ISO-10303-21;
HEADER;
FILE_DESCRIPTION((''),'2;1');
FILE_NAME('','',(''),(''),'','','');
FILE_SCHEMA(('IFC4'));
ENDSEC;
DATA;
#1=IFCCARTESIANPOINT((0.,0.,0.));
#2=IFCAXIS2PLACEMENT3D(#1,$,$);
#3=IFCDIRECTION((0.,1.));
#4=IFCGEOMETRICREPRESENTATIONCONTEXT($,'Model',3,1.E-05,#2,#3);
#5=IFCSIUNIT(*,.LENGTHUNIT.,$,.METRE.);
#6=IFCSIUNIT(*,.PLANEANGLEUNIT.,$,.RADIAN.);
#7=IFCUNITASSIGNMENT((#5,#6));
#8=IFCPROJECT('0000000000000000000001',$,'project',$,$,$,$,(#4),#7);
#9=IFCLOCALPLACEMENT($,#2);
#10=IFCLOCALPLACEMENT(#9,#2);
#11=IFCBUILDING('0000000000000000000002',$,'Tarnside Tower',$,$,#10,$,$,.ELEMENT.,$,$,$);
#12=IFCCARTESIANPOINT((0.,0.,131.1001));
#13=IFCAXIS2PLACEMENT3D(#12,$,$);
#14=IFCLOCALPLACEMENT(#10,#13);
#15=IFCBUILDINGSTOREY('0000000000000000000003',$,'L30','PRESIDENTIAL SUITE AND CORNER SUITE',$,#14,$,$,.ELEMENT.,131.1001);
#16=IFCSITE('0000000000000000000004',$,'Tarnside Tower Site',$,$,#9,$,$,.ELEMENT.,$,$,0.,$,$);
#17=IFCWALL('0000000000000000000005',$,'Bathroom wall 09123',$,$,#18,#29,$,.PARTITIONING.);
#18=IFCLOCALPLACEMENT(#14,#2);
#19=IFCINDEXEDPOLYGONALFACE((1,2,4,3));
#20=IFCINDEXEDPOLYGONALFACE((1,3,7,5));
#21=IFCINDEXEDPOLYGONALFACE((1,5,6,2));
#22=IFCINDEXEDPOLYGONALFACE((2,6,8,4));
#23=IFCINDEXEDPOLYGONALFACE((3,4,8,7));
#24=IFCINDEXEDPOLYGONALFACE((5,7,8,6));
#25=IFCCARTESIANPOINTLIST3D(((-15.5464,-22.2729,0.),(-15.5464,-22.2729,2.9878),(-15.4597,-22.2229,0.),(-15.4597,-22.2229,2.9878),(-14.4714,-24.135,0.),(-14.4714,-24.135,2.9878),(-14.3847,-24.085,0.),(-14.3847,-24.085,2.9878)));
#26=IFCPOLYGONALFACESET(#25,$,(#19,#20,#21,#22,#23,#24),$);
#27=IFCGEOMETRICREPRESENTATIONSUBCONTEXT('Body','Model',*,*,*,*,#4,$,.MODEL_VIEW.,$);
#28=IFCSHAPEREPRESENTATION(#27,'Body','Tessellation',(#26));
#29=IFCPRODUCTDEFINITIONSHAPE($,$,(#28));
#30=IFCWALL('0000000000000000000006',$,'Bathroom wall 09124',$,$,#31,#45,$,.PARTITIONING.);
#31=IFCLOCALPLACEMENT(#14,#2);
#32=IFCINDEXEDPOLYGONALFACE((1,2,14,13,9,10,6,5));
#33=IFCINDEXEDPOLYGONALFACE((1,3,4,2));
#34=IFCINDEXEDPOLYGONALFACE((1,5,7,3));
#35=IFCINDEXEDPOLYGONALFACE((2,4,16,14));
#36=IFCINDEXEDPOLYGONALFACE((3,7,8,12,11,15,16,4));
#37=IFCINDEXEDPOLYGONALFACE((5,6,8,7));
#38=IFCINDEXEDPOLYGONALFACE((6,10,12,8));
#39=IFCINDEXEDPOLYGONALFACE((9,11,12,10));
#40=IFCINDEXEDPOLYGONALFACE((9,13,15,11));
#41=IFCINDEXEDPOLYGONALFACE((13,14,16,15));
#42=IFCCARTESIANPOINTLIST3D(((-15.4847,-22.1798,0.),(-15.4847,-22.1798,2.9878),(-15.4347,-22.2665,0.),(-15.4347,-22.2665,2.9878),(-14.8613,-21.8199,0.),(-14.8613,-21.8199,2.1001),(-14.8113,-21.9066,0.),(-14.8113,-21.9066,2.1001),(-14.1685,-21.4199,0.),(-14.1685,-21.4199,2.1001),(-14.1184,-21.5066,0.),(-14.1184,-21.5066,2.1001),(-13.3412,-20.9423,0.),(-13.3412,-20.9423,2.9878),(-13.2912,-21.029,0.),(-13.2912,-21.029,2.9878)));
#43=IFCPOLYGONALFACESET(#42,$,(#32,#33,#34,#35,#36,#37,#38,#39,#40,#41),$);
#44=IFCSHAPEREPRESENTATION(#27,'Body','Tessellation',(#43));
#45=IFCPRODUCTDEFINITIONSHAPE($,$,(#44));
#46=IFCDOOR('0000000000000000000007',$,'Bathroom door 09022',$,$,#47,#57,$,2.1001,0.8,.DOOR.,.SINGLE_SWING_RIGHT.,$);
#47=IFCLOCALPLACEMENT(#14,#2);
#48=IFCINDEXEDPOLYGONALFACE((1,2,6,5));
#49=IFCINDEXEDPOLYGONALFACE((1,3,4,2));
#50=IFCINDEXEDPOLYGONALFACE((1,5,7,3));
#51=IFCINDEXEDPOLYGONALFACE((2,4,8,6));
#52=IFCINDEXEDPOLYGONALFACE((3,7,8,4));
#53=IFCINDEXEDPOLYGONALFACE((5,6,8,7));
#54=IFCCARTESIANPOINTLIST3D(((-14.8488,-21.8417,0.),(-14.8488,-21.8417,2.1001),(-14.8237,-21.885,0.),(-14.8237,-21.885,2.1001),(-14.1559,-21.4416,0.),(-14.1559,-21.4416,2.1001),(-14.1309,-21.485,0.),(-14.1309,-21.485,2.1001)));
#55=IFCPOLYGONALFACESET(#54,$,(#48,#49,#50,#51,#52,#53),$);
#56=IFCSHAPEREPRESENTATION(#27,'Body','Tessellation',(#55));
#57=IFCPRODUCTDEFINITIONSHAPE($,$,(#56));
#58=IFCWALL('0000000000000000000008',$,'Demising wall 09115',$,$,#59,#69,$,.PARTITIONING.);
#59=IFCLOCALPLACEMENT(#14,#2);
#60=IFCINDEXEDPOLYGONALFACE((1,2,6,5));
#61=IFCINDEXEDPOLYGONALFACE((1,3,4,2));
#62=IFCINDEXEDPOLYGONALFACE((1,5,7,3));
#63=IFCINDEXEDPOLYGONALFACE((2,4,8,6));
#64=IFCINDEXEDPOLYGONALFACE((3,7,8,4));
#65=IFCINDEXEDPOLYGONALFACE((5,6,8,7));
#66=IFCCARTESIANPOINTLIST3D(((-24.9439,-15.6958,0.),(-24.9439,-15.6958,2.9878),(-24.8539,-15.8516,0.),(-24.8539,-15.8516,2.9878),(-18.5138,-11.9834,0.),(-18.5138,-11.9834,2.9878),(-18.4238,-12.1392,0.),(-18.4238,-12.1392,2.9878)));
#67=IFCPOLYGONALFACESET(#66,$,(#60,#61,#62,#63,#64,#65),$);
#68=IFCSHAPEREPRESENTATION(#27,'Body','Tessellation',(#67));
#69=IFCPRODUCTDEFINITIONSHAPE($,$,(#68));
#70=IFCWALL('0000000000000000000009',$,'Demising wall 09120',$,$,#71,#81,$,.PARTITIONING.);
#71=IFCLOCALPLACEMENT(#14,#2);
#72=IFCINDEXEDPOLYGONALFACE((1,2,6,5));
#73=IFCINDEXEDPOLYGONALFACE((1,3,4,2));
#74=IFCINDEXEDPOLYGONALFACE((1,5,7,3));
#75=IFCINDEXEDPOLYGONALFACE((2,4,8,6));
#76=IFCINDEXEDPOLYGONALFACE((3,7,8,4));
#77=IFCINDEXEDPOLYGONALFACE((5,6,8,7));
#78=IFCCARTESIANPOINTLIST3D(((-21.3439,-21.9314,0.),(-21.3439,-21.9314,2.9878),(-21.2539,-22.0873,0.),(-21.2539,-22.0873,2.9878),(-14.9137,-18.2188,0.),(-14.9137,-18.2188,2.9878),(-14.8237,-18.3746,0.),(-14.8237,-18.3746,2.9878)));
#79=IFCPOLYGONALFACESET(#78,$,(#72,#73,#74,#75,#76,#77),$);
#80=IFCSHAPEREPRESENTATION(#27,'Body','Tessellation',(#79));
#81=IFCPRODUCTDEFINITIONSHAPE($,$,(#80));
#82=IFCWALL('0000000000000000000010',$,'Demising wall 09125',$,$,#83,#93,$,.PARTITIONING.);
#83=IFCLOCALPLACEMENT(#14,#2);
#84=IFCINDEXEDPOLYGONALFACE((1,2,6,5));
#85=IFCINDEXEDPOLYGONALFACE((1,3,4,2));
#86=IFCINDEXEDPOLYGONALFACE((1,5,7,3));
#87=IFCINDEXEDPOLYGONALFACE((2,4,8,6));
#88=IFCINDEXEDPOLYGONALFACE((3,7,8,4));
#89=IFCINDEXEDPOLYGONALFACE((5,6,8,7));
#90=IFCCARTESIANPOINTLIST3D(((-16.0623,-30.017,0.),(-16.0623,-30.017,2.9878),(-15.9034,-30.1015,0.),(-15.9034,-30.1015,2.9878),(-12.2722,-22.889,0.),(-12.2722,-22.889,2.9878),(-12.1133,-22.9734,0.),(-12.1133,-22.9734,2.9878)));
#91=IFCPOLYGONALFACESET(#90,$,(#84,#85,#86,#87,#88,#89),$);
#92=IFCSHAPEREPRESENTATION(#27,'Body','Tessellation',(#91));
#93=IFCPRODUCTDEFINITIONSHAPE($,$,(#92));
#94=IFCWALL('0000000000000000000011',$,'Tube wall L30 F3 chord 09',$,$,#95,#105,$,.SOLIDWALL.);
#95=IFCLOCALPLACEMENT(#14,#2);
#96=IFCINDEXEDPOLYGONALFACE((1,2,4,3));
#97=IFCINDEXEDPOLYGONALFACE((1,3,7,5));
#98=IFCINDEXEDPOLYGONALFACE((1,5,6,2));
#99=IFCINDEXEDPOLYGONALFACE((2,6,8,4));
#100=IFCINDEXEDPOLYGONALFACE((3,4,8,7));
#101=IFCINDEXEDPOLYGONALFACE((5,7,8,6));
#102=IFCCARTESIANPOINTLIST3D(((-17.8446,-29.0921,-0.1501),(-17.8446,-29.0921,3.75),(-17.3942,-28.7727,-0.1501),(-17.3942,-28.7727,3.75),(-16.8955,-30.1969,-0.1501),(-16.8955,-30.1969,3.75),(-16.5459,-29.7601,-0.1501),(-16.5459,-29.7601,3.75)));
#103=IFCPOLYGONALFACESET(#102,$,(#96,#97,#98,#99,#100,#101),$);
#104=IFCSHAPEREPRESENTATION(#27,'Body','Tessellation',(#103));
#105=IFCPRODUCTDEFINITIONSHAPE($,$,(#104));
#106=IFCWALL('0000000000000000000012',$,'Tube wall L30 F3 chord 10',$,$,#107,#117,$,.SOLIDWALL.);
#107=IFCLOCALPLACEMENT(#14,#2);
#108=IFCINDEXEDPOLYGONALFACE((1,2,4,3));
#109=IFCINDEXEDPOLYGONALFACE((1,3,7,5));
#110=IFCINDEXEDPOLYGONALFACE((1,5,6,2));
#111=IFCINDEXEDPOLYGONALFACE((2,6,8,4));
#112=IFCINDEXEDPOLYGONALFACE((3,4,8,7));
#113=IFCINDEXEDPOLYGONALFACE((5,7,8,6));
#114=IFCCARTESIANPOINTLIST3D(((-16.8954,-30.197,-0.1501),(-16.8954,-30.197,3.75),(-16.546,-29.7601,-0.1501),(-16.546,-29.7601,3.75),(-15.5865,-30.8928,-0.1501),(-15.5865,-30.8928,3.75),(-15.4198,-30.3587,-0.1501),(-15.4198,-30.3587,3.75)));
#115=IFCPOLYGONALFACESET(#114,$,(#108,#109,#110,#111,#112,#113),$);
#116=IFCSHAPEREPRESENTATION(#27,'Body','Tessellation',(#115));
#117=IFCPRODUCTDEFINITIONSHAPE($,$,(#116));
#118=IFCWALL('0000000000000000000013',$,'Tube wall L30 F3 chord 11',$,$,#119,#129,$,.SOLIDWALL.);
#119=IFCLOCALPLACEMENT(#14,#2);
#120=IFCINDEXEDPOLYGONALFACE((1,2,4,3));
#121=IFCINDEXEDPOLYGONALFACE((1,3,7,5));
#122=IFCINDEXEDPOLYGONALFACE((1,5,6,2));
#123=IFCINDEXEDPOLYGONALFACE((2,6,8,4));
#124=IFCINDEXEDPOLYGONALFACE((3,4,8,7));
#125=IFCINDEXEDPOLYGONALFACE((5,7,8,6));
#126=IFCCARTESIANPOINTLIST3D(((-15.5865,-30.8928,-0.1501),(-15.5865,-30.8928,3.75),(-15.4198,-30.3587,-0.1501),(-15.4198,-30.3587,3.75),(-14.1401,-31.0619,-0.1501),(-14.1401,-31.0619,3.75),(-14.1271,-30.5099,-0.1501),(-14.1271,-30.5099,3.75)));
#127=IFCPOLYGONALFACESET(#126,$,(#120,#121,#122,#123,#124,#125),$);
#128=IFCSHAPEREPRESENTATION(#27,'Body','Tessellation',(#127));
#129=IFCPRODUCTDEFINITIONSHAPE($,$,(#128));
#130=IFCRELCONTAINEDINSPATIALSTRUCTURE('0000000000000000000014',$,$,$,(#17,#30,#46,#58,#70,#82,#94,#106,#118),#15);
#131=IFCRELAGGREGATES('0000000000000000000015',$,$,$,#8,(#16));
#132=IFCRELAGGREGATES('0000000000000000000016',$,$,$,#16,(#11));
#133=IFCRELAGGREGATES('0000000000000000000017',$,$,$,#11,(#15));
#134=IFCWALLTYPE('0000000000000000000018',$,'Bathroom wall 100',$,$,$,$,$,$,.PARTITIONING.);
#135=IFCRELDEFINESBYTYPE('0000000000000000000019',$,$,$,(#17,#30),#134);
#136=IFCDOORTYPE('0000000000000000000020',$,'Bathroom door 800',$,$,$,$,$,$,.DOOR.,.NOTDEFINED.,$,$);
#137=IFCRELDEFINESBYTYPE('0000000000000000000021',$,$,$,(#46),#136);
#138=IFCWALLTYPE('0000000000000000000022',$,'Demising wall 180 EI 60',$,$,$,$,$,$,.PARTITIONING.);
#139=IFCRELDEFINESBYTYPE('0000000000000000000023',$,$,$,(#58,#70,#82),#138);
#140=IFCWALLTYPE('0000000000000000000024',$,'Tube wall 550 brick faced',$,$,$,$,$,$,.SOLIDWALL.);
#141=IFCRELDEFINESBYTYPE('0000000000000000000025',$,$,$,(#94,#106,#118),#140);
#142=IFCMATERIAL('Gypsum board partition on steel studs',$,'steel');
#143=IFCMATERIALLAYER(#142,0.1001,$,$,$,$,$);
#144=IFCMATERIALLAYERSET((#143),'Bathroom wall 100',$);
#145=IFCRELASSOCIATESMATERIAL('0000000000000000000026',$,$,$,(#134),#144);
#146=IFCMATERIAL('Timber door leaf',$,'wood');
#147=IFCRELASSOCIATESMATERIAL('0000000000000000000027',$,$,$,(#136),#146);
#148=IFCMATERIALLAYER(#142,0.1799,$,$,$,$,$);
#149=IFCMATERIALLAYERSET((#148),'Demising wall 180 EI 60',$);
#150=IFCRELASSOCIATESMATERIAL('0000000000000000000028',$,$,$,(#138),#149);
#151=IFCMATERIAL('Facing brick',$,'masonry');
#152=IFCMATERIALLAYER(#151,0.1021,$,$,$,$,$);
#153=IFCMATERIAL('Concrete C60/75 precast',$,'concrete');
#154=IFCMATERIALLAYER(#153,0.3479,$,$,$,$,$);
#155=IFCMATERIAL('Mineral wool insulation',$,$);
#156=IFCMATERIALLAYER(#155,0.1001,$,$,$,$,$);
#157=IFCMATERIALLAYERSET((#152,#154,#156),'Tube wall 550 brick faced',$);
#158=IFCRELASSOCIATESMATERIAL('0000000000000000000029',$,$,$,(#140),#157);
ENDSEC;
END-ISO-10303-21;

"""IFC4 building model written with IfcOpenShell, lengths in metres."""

from ifc_helpers import new_model, si_unit, direction, frame, frame_2d, origin, place, context, subcontext, project, spatial, polyline, rectangle, outline, extrude, material, layer, layer_set, type_object, element, fill, save


model = new_model("IFC4")

# Units and contexts
model_context = context("Model", 3, precision=1e-05, world=origin(), true_north=direction((0.0, 1.0)))
body_context = subcontext(model_context, "Body", "Model", "MODEL_VIEW")
ifc_project = project(units=[si_unit("LENGTHUNIT", "METRE"), si_unit("PLANEANGLEUNIT", "RADIAN")], contexts=[model_context])

# Site, building, storey
site_placement = place(None, origin())
site = spatial("IfcSite", under=ifc_project, at=site_placement, Name="Tarnside Tower Site", CompositionType="ELEMENT", RefElevation=0.0)
building_placement = place(site_placement, origin())
building = spatial("IfcBuilding", under=site, at=building_placement, Name="Tarnside Tower", CompositionType="ELEMENT")
storey_placement = place(building_placement, frame((0.0, 0.0, 131.1001)))
storey = spatial("IfcBuildingStorey", under=building, at=storey_placement, Name="L30", Description="PRESIDENTIAL SUITE AND CORNER SUITE", CompositionType="ELEMENT", Elevation=131.1001)

# Shared definitions
ifc_material_1 = material(Name="Gypsum board partition on steel studs", Category="steel")
ifc_layer_1 = layer(ifc_material_1, 0.1001)
ifc_layer_set_1 = layer_set([ifc_layer_1], Name="Bathroom wall 100")
wall_type_1 = type_object("IfcWallType", Name="Bathroom wall 100", PredefinedType="PARTITIONING", material=ifc_layer_set_1)

# Shared definitions
ifc_material_2 = material(Name="Timber door leaf", Category="wood")
door_type = type_object("IfcDoorType", Name="Bathroom door 800", OperationType="NOTDEFINED", PredefinedType="DOOR", material=ifc_material_2)

# Wall
wall_1_placement = place(storey_placement, frame((-14.428, -24.1101, 0.0), z_axis=(0.0, 0.0, 1.0), x_axis=(-0.499962, 0.866048, 0.0)))
element("IfcWall", 1, at=wall_1_placement, inside=storey, type_object=wall_type_1, Name="Bathroom wall 09123", PredefinedType="PARTITIONING", context=body_context, shape_type="SweptSolid", body=[
    extrude(rectangle(XDim=2.1501, YDim=0.1001, at=frame_2d((1.0752, 0.0))), origin(), (0.0, 0.0, 1.0), 2.9878),
])

# Wall, opening, door
wall_2_placement = place(storey_placement, frame((-15.4597, -22.2231, 0.0), z_axis=(0.0, 0.0, 1.0), x_axis=(0.866031, 0.49999, 0.0)))
wall_2 = element("IfcWall", 2, at=wall_2_placement, inside=storey, type_object=wall_type_1, Name="Bathroom wall 09124", PredefinedType="PARTITIONING", context=body_context, shape_type="SweptSolid", body=[
    extrude(rectangle(XDim=2.4751, YDim=0.1001, at=frame_2d((1.2375, 0.0))), origin(), (0.0, 0.0, 1.0), 2.9878),
])
opening_1_placement = place(wall_2_placement, frame((0.72, 0.0, 0.0)))
opening_1 = element("IfcOpeningElement", 3, at=opening_1_placement, cuts=wall_2, PredefinedType="OPENING", context=body_context, shape_type="SweptSolid", body=[
    extrude(rectangle(XDim=0.8, YDim=2.1001, at=frame_2d((0.3999, 1.05))), frame((0.0, 0.0601, 0.0), z_axis=(0.0, -1.0, 0.0), x_axis=(1.0, 0.0, 0.0)), (0.0, 0.0, 1.0), 0.1201),
])
door_1_placement = place(opening_1_placement, origin())
door_1 = element("IfcDoor", 4, at=door_1_placement, inside=storey, type_object=door_type, Name="Bathroom door 09022", OperationType="SINGLE_SWING_RIGHT", OverallHeight=2.1001, OverallWidth=0.8, PredefinedType="DOOR", context=body_context, shape_type="SweptSolid", body=[
    extrude(rectangle(XDim=0.8, YDim=2.1001, at=frame_2d((0.3999, 1.05))), frame((0.0, 0.0249, 0.0), z_axis=(0.0, -1.0, 0.0), x_axis=(1.0, 0.0, 0.0)), (0.0, 0.0, 1.0), 0.05),
])
fill(opening_1, door_1)

# Walls
ifc_layer_2 = layer(ifc_material_1, 0.1799)
ifc_layer_set_2 = layer_set([ifc_layer_2], Name="Demising wall 180 EI 60")
wall_type_2 = type_object("IfcWallType", Name="Demising wall 180 EI 60", PredefinedType="PARTITIONING", material=ifc_layer_set_2)
wall_3_placement = place(storey_placement, frame((-24.8989, -15.7737, 0.0), z_axis=(0.0, 0.0, 1.0), x_axis=(0.866029, 0.499994, 0.0)))
element("IfcWall", 5, at=wall_3_placement, inside=storey, type_object=wall_type_2, Name="Demising wall 09115", PredefinedType="PARTITIONING", context=body_context, shape_type="SweptSolid", body=[
    extrude(rectangle(XDim=7.4248, YDim=0.1799, at=frame_2d((3.7124, 0.0))), origin(), (0.0, 0.0, 1.0), 2.9878),
])
wall_4_placement = place(storey_placement, frame((-21.2988, -22.0093, 0.0), z_axis=(0.0, 0.0, 1.0), x_axis=(0.866015, 0.500018, 0.0)))
element("IfcWall", 6, at=wall_4_placement, inside=storey, type_object=wall_type_2, Name="Demising wall 09120", PredefinedType="PARTITIONING", context=body_context, shape_type="SweptSolid", body=[
    extrude(rectangle(XDim=7.425, YDim=0.1799, at=frame_2d((3.7124, 0.0))), origin(), (0.0, 0.0, 1.0), 2.9878),
])
wall_5_placement = place(storey_placement, frame((-15.9829, -30.0593, 0.0), z_axis=(0.0, 0.0, 1.0), x_axis=(0.469477, 0.882945, 0.0)))
element("IfcWall", 7, at=wall_5_placement, inside=storey, type_object=wall_type_2, Name="Demising wall 09125", PredefinedType="PARTITIONING", context=body_context, shape_type="SweptSolid", body=[
    extrude(rectangle(XDim=8.073, YDim=0.1799, at=frame_2d((4.0366, 0.0))), origin(), (0.0, 0.0, 1.0), 2.9878),
])
ifc_material_3 = material(Name="Facing brick", Category="masonry")
ifc_layer_3 = layer(ifc_material_3, 0.1021)
ifc_material_4 = material(Name="Concrete C60/75 precast", Category="concrete")
ifc_layer_4 = layer(ifc_material_4, 0.3479)
ifc_material_5 = material(Name="Mineral wool insulation")
ifc_layer_5 = layer(ifc_material_5, 0.1001)
ifc_layer_set_3 = layer_set([ifc_layer_3, ifc_layer_4, ifc_layer_5], Name="Tube wall 550 brick faced")
wall_type_3 = type_object("IfcWallType", Name="Tube wall 550 brick faced", PredefinedType="SOLIDWALL", material=ifc_layer_set_3)
wall_6_placement = place(storey_placement, frame((-17.6194, -28.9324, -0.1501), z_axis=(0.0, 0.0, 1.0), x_axis=(0.651622, -0.758544, 0.0)))
element("IfcWall", 8, at=wall_6_placement, inside=storey, type_object=wall_type_3, Name="Tube wall L30 F3 chord 09", PredefinedType="SOLIDWALL", context=body_context, shape_type="SweptSolid", body=[
    extrude(outline(polyline([(-0.0256, -0.2749), (1.4309, -0.2749), (1.3274, 0.2749), (0.0256, 0.2749), (-0.0256, -0.2749)])), origin(), (0.0, 0.0, 1.0), 3.9001),
])
wall_7_placement = place(storey_placement, frame((-16.7207, -29.9785, -0.1501), z_axis=(0.0, 0.0, 1.0), x_axis=(0.882994, -0.469384, 0.0)))
element("IfcWall", 9, at=wall_7_placement, inside=storey, type_object=wall_type_3, Name="Tube wall L30 F3 chord 10", PredefinedType="SOLIDWALL", context=body_context, shape_type="SweptSolid", body=[
    extrude(outline(polyline([(-0.0518, -0.2749), (1.4307, -0.2749), (1.3271, 0.2749), (0.0518, 0.2749), (-0.0518, -0.2749)])), origin(), (0.0, 0.0, 1.0), 3.9001),
])
wall_8_placement = place(storey_placement, frame((-15.5032, -30.6257, -0.1501), z_axis=(0.0, 0.0, 1.0), x_axis=(0.993233, -0.116143, 0.0)))
element("IfcWall", 10, at=wall_8_placement, inside=storey, type_object=wall_type_3, Name="Tube wall L30 F3 chord 11", PredefinedType="SOLIDWALL", context=body_context, shape_type="SweptSolid", body=[
    extrude(outline(polyline([(-0.0518, -0.2749), (1.4045, -0.2749), (1.3533, 0.2749), (0.0518, 0.2749), (-0.0518, -0.2749)])), origin(), (0.0, 0.0, 1.0), 3.9001),
])

save(model, "model.ifc")
